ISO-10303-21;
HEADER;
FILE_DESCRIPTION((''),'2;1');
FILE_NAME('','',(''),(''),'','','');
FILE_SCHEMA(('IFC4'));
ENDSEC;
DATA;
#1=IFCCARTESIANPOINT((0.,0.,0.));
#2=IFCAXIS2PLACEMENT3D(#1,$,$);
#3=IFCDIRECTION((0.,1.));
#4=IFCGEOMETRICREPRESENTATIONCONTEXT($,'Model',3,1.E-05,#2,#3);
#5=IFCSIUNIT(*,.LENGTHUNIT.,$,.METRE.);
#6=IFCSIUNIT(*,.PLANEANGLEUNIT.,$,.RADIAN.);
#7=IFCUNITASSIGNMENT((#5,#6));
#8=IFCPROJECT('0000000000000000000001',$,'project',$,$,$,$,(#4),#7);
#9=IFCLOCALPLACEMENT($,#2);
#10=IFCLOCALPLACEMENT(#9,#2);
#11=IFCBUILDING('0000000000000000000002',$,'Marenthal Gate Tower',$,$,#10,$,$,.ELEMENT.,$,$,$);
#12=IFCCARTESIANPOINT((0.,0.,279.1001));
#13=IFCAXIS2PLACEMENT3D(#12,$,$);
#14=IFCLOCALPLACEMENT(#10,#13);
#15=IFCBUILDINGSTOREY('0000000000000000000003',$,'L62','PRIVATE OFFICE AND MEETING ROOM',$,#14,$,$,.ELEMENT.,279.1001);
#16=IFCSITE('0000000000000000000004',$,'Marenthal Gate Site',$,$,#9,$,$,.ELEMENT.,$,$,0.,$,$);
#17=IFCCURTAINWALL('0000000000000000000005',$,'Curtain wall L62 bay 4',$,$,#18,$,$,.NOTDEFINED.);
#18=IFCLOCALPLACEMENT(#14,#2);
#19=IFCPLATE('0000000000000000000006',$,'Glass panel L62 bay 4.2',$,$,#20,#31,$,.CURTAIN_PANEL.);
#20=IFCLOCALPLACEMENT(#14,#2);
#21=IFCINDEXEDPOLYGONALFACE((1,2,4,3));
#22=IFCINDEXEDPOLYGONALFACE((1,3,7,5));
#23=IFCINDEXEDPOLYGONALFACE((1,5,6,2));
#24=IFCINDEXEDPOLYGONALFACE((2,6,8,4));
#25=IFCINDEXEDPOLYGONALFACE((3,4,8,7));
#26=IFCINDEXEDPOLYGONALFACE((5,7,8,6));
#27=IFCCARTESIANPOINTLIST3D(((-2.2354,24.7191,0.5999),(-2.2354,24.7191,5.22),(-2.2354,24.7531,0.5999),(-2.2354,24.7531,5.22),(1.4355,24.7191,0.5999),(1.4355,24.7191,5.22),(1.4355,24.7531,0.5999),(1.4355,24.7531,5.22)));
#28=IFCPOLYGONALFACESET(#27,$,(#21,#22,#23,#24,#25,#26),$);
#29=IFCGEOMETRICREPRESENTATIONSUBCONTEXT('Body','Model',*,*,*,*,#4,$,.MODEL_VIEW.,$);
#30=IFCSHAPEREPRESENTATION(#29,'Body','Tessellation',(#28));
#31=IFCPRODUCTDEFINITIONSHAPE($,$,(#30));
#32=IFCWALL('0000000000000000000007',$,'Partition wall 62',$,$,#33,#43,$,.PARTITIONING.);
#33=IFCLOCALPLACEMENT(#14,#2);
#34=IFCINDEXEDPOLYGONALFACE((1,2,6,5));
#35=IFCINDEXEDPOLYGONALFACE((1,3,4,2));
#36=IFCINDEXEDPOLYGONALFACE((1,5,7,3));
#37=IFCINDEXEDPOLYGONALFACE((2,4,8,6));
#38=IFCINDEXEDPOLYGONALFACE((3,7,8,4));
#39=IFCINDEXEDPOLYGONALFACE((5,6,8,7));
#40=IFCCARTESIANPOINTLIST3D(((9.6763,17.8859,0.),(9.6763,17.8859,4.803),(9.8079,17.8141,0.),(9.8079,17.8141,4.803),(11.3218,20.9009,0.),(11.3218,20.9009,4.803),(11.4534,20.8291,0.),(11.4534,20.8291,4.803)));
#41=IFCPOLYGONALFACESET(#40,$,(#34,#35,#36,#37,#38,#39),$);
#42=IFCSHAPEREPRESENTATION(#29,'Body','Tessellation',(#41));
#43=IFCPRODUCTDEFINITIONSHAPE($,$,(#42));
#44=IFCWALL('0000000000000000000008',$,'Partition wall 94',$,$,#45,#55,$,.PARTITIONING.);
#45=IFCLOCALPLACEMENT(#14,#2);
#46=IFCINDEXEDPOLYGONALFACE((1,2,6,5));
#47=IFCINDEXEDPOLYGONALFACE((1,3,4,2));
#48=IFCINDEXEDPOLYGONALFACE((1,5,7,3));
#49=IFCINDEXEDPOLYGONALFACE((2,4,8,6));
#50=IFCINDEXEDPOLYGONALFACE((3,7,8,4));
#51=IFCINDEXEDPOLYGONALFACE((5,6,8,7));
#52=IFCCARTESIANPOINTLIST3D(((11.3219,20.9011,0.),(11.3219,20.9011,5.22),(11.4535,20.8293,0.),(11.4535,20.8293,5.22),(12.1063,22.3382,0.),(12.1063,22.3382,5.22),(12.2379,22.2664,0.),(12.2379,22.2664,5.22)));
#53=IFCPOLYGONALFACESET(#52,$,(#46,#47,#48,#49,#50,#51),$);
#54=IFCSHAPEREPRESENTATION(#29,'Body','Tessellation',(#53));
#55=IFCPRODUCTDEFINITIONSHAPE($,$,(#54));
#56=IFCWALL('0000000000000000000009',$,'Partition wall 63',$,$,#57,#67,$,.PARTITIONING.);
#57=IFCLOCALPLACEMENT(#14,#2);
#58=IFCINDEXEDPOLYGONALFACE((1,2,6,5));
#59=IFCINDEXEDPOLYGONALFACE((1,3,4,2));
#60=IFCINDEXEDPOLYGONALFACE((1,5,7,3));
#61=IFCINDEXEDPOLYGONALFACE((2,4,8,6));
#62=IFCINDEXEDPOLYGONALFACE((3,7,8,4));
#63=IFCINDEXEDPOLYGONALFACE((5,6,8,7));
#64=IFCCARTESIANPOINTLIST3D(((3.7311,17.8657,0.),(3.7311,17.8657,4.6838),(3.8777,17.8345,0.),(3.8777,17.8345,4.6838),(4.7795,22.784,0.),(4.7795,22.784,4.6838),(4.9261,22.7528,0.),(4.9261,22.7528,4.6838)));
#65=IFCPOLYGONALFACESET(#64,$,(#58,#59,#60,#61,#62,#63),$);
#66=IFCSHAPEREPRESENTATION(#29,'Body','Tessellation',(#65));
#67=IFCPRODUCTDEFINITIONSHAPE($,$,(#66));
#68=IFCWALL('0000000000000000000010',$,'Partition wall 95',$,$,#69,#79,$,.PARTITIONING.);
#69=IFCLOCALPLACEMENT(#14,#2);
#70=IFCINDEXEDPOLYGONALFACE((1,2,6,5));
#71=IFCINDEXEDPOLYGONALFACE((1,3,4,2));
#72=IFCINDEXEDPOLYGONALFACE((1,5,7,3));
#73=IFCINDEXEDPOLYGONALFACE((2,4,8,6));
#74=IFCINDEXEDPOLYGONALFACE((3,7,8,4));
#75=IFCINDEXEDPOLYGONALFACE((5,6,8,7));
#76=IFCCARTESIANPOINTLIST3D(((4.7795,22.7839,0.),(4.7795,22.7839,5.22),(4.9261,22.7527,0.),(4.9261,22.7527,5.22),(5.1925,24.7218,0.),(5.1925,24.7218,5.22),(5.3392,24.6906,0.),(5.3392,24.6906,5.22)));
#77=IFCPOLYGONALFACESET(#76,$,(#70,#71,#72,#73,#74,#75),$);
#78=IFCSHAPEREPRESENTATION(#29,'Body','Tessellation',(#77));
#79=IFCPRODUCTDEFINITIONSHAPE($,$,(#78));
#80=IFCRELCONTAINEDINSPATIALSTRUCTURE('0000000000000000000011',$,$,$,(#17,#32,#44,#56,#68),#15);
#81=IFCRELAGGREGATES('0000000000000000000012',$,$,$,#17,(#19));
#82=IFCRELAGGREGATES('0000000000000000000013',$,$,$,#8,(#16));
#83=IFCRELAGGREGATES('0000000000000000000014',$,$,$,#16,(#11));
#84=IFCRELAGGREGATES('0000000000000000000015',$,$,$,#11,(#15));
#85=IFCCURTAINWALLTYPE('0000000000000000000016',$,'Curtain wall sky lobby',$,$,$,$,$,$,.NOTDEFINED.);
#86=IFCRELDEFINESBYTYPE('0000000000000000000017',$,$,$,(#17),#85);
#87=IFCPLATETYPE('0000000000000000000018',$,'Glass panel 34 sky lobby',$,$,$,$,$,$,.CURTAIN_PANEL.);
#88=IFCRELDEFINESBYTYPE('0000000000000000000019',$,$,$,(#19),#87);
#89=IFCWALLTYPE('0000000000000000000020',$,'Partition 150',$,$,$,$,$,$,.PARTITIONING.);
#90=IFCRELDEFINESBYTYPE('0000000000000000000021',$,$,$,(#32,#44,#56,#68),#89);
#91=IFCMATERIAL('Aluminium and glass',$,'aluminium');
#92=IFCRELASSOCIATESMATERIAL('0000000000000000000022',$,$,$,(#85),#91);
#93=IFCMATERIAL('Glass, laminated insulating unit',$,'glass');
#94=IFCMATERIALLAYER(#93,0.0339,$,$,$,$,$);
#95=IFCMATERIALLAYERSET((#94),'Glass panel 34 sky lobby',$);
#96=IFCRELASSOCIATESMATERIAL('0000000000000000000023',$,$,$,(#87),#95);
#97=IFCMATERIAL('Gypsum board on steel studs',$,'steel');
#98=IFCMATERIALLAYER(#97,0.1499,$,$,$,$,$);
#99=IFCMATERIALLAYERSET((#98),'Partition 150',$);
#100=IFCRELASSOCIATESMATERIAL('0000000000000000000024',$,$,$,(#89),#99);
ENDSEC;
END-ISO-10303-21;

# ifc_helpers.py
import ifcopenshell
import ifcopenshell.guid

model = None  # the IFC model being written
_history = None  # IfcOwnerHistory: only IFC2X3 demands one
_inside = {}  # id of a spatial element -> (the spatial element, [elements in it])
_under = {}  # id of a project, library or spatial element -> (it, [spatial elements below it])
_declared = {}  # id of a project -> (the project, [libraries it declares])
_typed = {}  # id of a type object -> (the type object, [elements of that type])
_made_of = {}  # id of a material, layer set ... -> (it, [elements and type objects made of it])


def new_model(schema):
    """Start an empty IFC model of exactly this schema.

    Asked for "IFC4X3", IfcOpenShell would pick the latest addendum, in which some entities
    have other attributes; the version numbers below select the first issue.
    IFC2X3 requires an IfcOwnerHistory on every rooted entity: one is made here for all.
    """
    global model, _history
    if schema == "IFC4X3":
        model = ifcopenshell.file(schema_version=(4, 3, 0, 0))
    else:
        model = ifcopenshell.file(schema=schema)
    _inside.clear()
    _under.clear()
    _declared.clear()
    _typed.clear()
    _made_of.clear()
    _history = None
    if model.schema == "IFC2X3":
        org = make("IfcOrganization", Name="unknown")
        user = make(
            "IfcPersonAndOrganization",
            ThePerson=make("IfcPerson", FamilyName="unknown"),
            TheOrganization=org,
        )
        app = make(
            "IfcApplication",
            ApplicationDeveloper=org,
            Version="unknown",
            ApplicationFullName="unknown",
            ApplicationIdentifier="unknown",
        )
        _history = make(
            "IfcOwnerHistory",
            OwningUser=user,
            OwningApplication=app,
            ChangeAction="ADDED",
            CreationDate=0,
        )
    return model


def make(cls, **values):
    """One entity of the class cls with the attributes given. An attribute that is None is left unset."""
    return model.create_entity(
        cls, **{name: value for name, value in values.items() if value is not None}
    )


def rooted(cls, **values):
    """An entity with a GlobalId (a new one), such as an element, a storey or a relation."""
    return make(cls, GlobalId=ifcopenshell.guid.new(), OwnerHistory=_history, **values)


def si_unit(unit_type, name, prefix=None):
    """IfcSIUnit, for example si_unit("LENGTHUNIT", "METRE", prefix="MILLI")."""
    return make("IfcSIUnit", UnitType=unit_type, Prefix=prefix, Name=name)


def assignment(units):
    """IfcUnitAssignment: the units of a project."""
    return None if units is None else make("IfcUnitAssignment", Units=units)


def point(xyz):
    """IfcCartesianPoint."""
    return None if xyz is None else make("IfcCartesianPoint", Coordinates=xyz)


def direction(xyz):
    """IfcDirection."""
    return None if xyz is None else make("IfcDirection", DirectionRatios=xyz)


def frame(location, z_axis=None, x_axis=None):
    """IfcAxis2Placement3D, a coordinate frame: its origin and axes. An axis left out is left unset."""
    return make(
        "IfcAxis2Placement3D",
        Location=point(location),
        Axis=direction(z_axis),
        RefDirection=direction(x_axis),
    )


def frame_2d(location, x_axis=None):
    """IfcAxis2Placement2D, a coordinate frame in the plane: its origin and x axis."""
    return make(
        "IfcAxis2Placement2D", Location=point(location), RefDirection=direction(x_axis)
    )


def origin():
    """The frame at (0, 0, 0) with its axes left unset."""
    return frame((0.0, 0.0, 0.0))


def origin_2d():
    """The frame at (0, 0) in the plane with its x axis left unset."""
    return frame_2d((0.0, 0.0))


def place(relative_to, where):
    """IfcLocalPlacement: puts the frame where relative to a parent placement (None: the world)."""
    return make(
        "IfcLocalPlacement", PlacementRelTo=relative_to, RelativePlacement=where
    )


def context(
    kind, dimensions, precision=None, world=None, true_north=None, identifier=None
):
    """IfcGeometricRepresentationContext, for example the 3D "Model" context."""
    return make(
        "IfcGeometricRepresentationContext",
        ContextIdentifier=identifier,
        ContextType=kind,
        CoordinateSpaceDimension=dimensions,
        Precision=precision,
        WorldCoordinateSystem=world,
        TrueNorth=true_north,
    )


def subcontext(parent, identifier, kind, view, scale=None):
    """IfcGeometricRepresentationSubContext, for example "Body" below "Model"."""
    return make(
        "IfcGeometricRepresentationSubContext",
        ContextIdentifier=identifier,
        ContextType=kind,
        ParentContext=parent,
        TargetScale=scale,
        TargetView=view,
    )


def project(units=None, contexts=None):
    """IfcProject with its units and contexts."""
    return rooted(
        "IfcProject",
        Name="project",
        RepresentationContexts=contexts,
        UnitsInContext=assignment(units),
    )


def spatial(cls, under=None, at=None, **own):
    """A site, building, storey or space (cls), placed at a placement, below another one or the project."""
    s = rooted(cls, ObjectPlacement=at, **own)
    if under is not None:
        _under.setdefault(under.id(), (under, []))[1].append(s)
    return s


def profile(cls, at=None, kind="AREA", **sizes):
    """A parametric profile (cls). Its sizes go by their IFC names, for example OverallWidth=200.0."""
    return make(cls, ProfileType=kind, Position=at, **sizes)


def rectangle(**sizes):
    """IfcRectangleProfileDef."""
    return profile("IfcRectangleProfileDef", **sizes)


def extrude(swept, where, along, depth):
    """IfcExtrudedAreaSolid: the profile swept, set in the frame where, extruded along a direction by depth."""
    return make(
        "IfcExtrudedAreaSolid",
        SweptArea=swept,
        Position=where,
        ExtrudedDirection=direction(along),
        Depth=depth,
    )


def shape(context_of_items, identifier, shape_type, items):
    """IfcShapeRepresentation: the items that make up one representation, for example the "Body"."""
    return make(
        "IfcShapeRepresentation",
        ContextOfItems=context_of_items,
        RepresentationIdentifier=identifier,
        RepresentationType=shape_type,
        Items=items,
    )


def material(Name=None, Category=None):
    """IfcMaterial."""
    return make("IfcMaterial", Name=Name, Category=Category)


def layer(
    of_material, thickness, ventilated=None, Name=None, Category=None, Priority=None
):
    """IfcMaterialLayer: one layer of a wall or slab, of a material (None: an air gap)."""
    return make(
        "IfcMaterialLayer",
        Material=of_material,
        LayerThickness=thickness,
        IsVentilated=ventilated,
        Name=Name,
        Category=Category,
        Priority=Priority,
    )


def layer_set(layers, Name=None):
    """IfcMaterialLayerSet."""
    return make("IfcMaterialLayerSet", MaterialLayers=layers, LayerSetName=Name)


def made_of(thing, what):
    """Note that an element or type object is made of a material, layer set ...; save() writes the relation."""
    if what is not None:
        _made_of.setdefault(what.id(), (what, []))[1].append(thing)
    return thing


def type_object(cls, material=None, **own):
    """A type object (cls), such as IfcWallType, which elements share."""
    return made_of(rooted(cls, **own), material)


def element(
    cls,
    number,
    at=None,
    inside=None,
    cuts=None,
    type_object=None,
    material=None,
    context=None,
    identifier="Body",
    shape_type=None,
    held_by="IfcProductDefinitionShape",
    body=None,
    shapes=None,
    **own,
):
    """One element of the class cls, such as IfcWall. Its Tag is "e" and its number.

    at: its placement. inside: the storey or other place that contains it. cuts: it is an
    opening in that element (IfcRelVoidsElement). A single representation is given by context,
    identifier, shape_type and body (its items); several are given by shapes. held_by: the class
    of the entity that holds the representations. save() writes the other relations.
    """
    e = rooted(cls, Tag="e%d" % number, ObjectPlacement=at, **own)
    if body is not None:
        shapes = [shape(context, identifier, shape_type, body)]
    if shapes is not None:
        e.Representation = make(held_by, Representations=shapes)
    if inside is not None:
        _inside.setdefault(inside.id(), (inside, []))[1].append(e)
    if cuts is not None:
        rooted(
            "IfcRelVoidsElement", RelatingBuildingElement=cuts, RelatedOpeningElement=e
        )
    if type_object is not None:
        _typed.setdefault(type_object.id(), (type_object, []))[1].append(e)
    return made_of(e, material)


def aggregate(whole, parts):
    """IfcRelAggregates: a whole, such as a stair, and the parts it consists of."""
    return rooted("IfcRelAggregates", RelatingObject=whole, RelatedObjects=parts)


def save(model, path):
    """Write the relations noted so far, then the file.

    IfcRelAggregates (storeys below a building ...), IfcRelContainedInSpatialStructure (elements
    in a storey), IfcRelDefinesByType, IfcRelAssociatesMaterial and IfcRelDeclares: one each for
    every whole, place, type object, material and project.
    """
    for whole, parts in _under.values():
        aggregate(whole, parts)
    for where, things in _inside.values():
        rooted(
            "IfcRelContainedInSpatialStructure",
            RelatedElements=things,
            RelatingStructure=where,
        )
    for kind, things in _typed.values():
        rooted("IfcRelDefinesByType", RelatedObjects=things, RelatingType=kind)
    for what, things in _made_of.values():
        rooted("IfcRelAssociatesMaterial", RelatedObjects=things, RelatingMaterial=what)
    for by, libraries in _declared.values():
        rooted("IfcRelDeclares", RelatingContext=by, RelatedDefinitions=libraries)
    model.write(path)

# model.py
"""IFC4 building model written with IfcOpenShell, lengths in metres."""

from ifc_helpers import new_model, si_unit, direction, frame, frame_2d, origin, origin_2d, place, context, subcontext, project, spatial, rectangle, extrude, material, layer, layer_set, type_object, element, aggregate, save


model = new_model("IFC4")

# Units and contexts
model_context = context("Model", 3, precision=1e-05, world=origin(), true_north=direction((0.0, 1.0)))
body_context = subcontext(model_context, "Body", "Model", "MODEL_VIEW")
ifc_project = project(units=[si_unit("LENGTHUNIT", "METRE"), si_unit("PLANEANGLEUNIT", "RADIAN")], contexts=[model_context])

# Site, building, storey
site_placement = place(None, origin())
site = spatial("IfcSite", under=ifc_project, at=site_placement, Name="Marenthal Gate Site", CompositionType="ELEMENT", RefElevation=0.0)
building_placement = place(site_placement, origin())
building = spatial("IfcBuilding", under=site, at=building_placement, Name="Marenthal Gate Tower", CompositionType="ELEMENT")
storey_placement = place(building_placement, frame((0.0, 0.0, 279.1001)))
storey = spatial("IfcBuildingStorey", under=building, at=storey_placement, Name="L62", Description="PRIVATE OFFICE AND MEETING ROOM", CompositionType="ELEMENT", Elevation=279.1001)

# Curtain wall
ifc_material_1 = material(Name="Aluminium and glass", Category="aluminium")
curtain_wall_type = type_object("IfcCurtainWallType", Name="Curtain wall sky lobby", PredefinedType="NOTDEFINED", material=ifc_material_1)
curtain_wall_1_placement = place(storey_placement, origin())
curtain_wall_1 = element("IfcCurtainWall", 1, at=curtain_wall_1_placement, inside=storey, type_object=curtain_wall_type, Name="Curtain wall L62 bay 4", PredefinedType="NOTDEFINED")

# Plate
ifc_material_2 = material(Name="Glass, laminated insulating unit", Category="glass")
ifc_layer_1 = layer(ifc_material_2, 0.0339)
ifc_layer_set_1 = layer_set([ifc_layer_1], Name="Glass panel 34 sky lobby")
plate_type = type_object("IfcPlateType", Name="Glass panel 34 sky lobby", PredefinedType="CURTAIN_PANEL", material=ifc_layer_set_1)
plate_1_placement = place(storey_placement, frame((-0.3999, 24.7361, 0.5999), z_axis=(0.0, 0.0, 1.0), x_axis=(-1.0, 0.0, 0.0)))
plate_1 = element("IfcPlate", 2, at=plate_1_placement, type_object=plate_type, Name="Glass panel L62 bay 4.2", PredefinedType="CURTAIN_PANEL", context=body_context, shape_type="SweptSolid", body=[
    extrude(rectangle(XDim=3.6709, YDim=0.0339, at=origin_2d()), origin(), (0.0, 0.0, 1.0), 4.6201),
])
aggregate(curtain_wall_1, [plate_1])

# Walls
ifc_material_3 = material(Name="Gypsum board on steel studs", Category="steel")
ifc_layer_2 = layer(ifc_material_3, 0.1499)
ifc_layer_set_2 = layer_set([ifc_layer_2], Name="Partition 150")
wall_type = type_object("IfcWallType", Name="Partition 150", PredefinedType="PARTITIONING", material=ifc_layer_set_2)
wall_1_placement = place(storey_placement, frame((9.7422, 17.8501, 0.0), z_axis=(0.0, 0.0, 1.0), x_axis=(0.479051, 0.877787, 0.0)))
element("IfcWall", 3, at=wall_1_placement, inside=storey, type_object=wall_type, Name="Partition wall 62", PredefinedType="PARTITIONING", context=body_context, shape_type="SweptSolid", body=[
    extrude(rectangle(XDim=3.4348, YDim=0.1499, at=frame_2d((1.7173, 0.0))), origin(), (0.0, 0.0, 1.0), 4.803),
])
wall_2_placement = place(storey_placement, frame((11.3877, 20.8652, 0.0), z_axis=(0.0, 0.0, 1.0), x_axis=(0.479134, 0.877742, 0.0)))
element("IfcWall", 4, at=wall_2_placement, inside=storey, type_object=wall_type, Name="Partition wall 94", PredefinedType="PARTITIONING", context=body_context, shape_type="SweptSolid", body=[
    extrude(rectangle(XDim=1.6372, YDim=0.1499, at=frame_2d((0.8186, 0.0))), origin(), (0.0, 0.0, 1.0), 5.22),
])
wall_3_placement = place(storey_placement, frame((3.8044, 17.8501, 0.0), z_axis=(0.0, 0.0, 1.0), x_axis=(0.208471, 0.978028, 0.0)))
element("IfcWall", 5, at=wall_3_placement, inside=storey, type_object=wall_type, Name="Partition wall 63", PredefinedType="PARTITIONING", context=body_context, shape_type="SweptSolid", body=[
    extrude(rectangle(XDim=5.0288, YDim=0.1499, at=frame_2d((2.5144, 0.0))), origin(), (0.0, 0.0, 1.0), 4.6838),
])
wall_4_placement = place(storey_placement, frame((4.8528, 22.7683, 0.0), z_axis=(0.0, 0.0, 1.0), x_axis=(0.208469, 0.978029, 0.0)))
element("IfcWall", 6, at=wall_4_placement, inside=storey, type_object=wall_type, Name="Partition wall 95", PredefinedType="PARTITIONING", context=body_context, shape_type="SweptSolid", body=[
    extrude(rectangle(XDim=1.9814, YDim=0.1499, at=frame_2d((0.9907, 0.0))), origin(), (0.0, 0.0, 1.0), 5.22),
])

save(model, "model.ifc")
